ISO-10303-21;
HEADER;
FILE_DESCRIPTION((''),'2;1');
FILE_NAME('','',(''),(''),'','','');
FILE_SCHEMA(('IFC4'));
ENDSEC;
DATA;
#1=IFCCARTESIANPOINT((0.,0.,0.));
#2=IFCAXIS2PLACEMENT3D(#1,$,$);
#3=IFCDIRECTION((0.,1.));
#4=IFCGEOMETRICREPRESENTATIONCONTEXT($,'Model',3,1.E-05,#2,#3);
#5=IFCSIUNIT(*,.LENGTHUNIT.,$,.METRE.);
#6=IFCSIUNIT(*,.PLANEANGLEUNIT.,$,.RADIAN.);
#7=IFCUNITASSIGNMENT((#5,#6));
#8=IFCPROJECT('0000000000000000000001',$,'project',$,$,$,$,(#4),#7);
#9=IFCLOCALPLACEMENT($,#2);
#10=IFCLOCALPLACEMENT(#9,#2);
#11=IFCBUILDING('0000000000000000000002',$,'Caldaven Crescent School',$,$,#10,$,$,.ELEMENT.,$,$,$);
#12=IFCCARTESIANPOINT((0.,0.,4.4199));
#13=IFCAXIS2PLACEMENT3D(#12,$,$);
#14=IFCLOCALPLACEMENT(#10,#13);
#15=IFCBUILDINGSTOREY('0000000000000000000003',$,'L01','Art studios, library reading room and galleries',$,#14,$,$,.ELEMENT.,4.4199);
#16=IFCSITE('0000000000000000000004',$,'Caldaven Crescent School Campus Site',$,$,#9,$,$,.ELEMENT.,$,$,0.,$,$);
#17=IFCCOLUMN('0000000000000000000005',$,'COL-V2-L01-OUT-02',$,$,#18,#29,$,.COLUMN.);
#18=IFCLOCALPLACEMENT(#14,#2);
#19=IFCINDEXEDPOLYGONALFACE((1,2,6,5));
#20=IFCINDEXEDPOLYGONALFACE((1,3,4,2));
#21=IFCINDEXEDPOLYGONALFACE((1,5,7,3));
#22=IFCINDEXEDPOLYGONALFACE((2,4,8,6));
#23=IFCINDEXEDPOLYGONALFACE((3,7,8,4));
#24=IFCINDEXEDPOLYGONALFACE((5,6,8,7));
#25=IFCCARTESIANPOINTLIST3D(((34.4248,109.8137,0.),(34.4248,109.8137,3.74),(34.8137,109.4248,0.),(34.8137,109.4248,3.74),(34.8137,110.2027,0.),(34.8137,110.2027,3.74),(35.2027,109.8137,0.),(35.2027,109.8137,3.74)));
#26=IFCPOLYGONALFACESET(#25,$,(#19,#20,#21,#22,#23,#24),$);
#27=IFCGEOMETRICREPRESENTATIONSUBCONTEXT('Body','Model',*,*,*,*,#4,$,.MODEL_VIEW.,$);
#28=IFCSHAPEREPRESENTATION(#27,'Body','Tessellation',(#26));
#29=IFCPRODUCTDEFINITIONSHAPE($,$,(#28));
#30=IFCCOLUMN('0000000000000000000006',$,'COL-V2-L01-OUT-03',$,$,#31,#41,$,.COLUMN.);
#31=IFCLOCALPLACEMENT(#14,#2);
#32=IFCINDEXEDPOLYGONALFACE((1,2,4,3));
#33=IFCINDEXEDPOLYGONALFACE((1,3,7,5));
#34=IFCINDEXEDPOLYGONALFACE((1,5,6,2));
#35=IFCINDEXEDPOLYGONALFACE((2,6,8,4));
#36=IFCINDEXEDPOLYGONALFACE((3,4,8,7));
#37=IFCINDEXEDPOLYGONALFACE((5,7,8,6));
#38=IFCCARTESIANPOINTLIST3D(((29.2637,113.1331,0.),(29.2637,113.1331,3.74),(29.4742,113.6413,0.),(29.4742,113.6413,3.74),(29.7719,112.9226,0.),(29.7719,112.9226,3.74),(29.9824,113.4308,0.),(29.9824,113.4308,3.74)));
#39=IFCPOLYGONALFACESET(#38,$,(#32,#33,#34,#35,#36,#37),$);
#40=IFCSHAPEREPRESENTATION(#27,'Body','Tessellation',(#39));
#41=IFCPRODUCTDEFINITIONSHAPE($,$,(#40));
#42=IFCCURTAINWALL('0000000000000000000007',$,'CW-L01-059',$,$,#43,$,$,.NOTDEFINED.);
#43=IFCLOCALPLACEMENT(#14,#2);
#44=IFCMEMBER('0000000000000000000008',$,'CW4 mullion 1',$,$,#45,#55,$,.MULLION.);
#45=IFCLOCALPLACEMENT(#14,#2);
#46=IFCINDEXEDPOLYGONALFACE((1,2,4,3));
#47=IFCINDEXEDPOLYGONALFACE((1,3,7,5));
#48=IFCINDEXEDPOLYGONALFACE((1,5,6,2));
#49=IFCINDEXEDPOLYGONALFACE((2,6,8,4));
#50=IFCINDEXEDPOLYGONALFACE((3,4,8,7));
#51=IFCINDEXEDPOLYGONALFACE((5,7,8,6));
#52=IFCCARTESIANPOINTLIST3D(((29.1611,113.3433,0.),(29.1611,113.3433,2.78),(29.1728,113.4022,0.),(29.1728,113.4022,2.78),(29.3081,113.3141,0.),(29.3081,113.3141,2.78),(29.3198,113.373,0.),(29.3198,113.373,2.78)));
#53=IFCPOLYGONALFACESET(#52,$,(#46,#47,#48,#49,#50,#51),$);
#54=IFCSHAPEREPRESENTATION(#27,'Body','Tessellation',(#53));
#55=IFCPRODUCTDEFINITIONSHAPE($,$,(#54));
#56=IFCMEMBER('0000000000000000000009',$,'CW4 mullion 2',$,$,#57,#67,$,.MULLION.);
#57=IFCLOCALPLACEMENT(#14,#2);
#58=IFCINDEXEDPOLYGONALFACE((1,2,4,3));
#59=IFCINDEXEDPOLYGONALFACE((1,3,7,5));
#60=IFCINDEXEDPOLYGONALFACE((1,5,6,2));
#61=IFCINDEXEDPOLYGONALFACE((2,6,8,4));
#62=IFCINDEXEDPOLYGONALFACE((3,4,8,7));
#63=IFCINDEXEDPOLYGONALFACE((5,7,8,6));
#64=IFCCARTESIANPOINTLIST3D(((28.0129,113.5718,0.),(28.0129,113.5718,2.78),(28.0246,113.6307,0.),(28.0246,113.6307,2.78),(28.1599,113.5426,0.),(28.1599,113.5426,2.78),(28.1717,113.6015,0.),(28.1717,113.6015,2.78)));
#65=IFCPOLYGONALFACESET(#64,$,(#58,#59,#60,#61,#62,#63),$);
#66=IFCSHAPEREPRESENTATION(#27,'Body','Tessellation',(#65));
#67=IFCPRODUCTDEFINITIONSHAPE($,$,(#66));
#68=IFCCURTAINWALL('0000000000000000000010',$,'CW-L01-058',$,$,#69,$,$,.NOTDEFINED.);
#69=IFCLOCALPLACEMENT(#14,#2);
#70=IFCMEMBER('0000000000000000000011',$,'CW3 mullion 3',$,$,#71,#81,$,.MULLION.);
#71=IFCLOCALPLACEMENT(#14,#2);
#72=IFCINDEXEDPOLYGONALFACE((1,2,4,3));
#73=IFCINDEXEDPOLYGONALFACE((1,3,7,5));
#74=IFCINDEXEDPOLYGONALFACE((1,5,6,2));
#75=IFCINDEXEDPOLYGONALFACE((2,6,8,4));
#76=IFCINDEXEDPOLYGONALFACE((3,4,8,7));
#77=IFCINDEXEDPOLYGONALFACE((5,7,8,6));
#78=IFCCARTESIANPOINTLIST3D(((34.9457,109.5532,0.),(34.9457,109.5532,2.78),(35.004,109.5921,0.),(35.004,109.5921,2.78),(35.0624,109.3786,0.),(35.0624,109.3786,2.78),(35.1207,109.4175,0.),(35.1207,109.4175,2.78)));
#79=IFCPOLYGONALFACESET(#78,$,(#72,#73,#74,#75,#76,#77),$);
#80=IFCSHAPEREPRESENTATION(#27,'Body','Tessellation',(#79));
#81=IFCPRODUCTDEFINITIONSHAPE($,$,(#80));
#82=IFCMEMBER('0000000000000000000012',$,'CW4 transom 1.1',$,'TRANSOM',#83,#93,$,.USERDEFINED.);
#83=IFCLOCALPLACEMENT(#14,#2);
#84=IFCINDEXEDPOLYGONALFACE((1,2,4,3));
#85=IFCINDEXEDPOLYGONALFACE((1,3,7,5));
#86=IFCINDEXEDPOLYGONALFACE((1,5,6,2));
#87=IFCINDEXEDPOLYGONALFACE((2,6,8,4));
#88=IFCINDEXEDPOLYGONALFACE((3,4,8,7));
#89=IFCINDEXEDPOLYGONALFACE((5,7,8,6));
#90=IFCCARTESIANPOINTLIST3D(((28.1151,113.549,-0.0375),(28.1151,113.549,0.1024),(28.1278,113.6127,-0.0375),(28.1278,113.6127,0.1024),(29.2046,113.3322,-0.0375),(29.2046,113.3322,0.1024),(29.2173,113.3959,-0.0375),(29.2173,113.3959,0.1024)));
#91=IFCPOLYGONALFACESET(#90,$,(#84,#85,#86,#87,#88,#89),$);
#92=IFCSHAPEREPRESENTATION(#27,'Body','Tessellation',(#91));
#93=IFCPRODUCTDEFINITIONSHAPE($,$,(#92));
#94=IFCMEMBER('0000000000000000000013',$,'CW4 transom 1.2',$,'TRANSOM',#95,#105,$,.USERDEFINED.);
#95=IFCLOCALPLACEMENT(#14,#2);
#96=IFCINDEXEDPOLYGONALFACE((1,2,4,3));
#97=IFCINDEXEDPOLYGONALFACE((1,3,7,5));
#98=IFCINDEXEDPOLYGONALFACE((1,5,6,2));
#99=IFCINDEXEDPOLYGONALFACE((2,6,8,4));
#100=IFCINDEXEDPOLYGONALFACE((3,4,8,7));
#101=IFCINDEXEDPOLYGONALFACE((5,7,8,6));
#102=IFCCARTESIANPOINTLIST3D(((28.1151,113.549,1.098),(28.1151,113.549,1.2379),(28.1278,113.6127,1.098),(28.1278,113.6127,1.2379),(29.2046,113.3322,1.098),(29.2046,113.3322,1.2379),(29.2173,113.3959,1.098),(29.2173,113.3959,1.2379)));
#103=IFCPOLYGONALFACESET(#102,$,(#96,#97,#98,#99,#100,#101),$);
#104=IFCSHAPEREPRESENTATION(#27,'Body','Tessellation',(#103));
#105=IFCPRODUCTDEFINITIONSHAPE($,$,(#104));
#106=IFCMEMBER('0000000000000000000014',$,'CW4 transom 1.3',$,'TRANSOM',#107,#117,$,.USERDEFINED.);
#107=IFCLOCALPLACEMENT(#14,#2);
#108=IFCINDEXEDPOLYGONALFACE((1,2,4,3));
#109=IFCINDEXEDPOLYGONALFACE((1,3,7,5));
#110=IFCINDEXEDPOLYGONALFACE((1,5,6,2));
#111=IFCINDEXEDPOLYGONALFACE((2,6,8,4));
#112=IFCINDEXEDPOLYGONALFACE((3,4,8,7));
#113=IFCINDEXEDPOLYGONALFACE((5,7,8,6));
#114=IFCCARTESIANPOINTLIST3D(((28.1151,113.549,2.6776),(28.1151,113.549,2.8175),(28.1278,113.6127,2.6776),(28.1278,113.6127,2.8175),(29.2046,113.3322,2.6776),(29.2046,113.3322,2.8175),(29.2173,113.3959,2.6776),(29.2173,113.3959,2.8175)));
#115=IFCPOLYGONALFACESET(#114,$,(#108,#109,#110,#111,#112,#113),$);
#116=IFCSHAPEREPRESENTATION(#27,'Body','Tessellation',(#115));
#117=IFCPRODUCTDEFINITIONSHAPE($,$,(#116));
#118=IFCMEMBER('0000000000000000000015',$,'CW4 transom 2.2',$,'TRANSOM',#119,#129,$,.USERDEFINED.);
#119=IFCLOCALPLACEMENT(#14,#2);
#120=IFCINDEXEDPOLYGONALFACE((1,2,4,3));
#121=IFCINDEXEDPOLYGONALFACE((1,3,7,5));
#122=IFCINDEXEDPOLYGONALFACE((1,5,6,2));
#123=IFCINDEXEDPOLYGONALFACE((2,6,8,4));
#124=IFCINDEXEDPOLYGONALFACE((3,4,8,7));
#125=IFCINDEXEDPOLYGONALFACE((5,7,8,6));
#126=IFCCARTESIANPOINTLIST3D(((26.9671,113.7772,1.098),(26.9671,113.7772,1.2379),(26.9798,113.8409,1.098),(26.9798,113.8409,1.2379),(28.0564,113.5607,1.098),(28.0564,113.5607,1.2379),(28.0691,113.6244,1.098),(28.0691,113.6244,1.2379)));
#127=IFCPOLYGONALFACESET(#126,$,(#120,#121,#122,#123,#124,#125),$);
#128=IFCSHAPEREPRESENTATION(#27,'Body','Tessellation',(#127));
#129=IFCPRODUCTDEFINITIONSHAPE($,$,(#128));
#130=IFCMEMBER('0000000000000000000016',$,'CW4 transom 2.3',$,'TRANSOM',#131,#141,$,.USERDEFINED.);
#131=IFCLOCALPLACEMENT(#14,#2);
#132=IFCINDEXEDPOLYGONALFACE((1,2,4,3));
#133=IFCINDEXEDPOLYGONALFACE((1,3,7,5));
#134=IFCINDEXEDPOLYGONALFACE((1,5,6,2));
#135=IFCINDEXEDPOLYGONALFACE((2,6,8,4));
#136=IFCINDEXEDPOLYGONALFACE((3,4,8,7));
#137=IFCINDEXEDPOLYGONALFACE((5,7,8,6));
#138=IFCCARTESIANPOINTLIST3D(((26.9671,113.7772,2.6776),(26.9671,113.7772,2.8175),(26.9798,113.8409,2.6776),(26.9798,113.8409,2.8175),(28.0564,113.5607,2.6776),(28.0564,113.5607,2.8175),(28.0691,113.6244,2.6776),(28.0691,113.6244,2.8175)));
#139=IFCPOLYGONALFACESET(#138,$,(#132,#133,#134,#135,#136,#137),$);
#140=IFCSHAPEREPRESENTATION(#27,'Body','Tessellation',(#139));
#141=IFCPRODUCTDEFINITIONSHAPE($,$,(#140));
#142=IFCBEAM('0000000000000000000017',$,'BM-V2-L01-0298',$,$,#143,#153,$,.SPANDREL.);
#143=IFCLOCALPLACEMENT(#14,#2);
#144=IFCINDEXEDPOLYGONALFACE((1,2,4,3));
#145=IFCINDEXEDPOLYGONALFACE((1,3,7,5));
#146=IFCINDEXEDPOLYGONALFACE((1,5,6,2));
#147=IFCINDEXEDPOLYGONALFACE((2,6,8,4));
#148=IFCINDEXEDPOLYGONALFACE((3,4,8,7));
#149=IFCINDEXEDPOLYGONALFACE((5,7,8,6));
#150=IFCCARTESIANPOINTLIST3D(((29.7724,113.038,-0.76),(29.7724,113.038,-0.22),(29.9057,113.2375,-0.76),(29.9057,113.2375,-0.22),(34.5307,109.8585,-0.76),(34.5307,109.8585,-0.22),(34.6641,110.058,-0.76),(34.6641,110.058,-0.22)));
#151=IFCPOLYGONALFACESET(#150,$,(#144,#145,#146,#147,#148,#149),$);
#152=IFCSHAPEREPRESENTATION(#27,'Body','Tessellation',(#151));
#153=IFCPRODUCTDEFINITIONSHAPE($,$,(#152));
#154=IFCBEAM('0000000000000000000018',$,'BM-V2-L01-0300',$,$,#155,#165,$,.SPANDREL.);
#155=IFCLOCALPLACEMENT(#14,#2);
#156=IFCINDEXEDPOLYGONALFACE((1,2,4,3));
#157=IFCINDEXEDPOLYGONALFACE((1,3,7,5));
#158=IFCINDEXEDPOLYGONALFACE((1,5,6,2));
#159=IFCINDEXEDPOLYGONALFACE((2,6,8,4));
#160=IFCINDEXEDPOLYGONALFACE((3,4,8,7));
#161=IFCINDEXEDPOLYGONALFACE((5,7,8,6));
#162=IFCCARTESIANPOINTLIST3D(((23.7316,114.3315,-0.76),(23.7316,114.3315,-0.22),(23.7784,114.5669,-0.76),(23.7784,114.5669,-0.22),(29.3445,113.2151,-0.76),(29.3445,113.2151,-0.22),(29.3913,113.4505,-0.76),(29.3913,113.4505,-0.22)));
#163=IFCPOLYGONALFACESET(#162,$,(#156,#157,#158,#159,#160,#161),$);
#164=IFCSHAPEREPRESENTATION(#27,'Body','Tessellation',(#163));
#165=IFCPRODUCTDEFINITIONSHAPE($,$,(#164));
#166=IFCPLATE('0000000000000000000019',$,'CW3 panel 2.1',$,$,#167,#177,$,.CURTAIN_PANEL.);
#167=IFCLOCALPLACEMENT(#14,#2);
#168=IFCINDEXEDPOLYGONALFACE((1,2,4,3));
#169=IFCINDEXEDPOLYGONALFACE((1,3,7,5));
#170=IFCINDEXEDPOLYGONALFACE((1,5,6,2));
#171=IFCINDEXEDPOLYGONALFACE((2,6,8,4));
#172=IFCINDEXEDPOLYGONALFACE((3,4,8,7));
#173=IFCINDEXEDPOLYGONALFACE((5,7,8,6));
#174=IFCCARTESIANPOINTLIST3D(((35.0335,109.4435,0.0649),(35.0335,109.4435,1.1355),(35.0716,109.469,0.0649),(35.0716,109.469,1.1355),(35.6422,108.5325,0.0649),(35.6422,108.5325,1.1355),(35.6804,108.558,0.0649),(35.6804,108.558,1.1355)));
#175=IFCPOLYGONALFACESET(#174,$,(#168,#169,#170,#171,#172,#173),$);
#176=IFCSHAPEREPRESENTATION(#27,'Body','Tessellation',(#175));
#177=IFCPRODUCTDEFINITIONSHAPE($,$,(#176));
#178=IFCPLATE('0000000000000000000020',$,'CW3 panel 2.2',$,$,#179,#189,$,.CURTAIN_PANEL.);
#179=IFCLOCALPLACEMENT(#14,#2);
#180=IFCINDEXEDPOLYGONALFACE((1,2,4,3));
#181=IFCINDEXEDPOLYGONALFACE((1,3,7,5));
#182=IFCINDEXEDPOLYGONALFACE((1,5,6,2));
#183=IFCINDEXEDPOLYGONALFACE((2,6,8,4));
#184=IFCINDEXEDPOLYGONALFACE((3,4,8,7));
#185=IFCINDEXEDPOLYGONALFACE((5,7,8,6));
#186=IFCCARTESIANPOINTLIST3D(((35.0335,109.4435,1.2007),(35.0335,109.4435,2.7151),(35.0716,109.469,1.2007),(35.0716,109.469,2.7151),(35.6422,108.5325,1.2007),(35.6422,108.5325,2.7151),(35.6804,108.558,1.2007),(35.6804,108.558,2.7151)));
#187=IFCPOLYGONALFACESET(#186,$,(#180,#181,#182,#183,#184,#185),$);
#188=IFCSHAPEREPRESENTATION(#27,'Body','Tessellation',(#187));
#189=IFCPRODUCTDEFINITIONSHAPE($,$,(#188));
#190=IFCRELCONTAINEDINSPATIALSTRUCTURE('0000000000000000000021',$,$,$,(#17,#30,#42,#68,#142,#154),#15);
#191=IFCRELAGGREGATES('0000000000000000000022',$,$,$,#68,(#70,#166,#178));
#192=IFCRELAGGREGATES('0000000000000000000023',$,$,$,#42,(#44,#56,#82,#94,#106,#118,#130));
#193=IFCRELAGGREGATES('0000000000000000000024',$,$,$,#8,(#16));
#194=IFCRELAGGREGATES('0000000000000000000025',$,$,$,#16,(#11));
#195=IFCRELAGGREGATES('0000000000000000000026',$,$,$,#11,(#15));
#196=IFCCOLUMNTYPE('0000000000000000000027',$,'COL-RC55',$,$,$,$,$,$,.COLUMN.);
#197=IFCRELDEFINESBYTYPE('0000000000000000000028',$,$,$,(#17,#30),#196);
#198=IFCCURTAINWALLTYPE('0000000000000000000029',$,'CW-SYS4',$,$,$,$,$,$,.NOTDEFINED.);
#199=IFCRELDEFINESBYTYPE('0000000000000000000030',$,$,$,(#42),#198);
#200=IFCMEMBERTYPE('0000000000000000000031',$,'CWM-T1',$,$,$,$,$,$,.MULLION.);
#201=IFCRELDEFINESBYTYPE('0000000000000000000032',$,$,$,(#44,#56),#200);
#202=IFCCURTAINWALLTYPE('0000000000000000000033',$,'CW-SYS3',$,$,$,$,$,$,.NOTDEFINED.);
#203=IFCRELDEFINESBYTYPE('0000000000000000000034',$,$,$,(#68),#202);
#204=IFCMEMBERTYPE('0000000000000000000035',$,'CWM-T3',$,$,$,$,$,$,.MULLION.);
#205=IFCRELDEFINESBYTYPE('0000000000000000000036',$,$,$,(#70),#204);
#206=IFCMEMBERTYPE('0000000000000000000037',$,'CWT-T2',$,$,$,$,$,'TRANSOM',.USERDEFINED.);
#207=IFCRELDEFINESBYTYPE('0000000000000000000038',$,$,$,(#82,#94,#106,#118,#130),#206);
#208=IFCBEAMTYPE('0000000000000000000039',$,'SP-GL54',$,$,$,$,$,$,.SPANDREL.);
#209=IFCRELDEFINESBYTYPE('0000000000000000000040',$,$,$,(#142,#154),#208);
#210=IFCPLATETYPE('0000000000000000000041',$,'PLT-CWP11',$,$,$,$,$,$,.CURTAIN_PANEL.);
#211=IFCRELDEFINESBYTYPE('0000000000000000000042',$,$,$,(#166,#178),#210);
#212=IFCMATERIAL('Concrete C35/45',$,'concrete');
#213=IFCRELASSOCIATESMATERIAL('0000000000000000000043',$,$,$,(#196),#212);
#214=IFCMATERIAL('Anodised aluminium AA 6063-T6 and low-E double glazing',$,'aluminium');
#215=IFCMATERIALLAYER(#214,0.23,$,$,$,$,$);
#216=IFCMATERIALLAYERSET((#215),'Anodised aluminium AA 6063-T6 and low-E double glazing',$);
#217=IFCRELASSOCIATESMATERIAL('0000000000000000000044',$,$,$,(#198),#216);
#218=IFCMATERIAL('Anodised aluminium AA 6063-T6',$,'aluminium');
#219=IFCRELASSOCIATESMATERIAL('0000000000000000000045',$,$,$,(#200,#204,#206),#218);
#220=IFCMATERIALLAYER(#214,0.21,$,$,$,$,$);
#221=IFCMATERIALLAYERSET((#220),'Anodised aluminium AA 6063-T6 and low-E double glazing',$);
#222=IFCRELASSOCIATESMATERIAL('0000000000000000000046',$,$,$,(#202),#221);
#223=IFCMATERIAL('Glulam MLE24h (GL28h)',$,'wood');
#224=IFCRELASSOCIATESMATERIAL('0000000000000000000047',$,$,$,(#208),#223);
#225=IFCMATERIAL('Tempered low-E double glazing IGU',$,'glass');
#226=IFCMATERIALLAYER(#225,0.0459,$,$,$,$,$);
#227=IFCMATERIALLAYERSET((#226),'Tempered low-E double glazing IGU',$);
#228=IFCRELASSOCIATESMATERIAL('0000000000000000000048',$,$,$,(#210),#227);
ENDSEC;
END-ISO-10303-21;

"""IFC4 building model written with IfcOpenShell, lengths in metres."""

from ifc_helpers import new_model, si_unit, direction, frame, origin, origin_2d, place, context, subcontext, project, spatial, rectangle, extrude, material, layer, layer_set, material_profile, profile_set, type_object, element, aggregate, save


model = new_model("IFC4")

# Units and contexts
model_context = context("Model", 3, precision=1e-05, world=origin(), true_north=direction((0.0, 1.0)))
body_context = subcontext(model_context, "Body", "Model", "MODEL_VIEW")
ifc_project = project(units=[si_unit("LENGTHUNIT", "METRE"), si_unit("PLANEANGLEUNIT", "RADIAN")], contexts=[model_context])

# Site, building, storey
site_placement = place(None, origin())
site = spatial("IfcSite", under=ifc_project, at=site_placement, Name="Caldaven Crescent School Campus Site", CompositionType="ELEMENT", RefElevation=0.0)
building_placement = place(site_placement, origin())
building = spatial("IfcBuilding", under=site, at=building_placement, Name="Caldaven Crescent School", CompositionType="ELEMENT")
storey_placement = place(building_placement, frame((0.0, 0.0, 4.4199)))
storey = spatial("IfcBuildingStorey", under=building, at=storey_placement, Name="L01", Description="Art studios, library reading room and galleries", CompositionType="ELEMENT", Elevation=4.4199)

# Columns
ifc_material_1 = material(Name="Concrete C35/45", Category="concrete")
ifc_material_profile_1 = material_profile(ifc_material_1, rectangle(XDim=0.55, YDim=0.55, at=origin_2d()), Name="RC 550x550")
ifc_profile_set_1 = profile_set([ifc_material_profile_1], Name="Concrete C35/45")
column_type = type_object("IfcColumnType", Name="COL-RC55", PredefinedType="COLUMN", material=ifc_profile_set_1)
for number, where, z_axis, x_axis, name in (
    (1, (34.8137, 109.8137, 0.0), (0.0, 0.0, 1.0), (0.707107, 0.707107, 0.0), "COL-V2-L01-OUT-02"),
    (2, (29.623, 113.282, 0.0), (0.0, 0.0, 1.0), (0.382683, 0.92388, 0.0), "COL-V2-L01-OUT-03"),
):
    element("IfcColumn", number, at=place(storey_placement, frame(where, z_axis=z_axis, x_axis=x_axis)), inside=storey, type_object=column_type, Name=name, PredefinedType="COLUMN", context=body_context, shape_type="SweptSolid", body=[
        extrude(rectangle(XDim=0.55, YDim=0.55, at=origin_2d()), origin(), (0.0, 0.0, 1.0), 3.74),
    ])

# Curtain wall, members
ifc_material_2 = material(Name="Anodised aluminium AA 6063-T6 and low-E double glazing", Category="aluminium")
ifc_layer_1 = layer(ifc_material_2, 0.23)
ifc_layer_set_1 = layer_set([ifc_layer_1], Name="Anodised aluminium AA 6063-T6 and low-E double glazing")
curtain_wall_type_1 = type_object("IfcCurtainWallType", Name="CW-SYS4", PredefinedType="NOTDEFINED", material=ifc_layer_set_1)
curtain_wall_1_placement = place(storey_placement, origin())
curtain_wall_1 = element("IfcCurtainWall", 3, at=curtain_wall_1_placement, inside=storey, type_object=curtain_wall_type_1, Name="CW-L01-059", PredefinedType="NOTDEFINED")
ifc_material_3 = material(Name="Anodised aluminium AA 6063-T6", Category="aluminium")
ifc_material_profile_2 = material_profile(ifc_material_3, rectangle(XDim=0.0601, YDim=0.1499, at=origin_2d()), Name="CWM 60x150")
ifc_profile_set_2 = profile_set([ifc_material_profile_2], Name="Anodised aluminium AA 6063-T6")
member_type_1 = type_object("IfcMemberType", Name="CWM-T1", PredefinedType="MULLION", material=ifc_profile_set_2)
member_1_placement = place(storey_placement, frame((29.2405, 113.3582, 0.0), z_axis=(0.0, 0.0, 1.0), x_axis=(-0.195087, -0.980786, 0.0)))
member_1 = element("IfcMember", 4, at=member_1_placement, type_object=member_type_1, Name="CW4 mullion 1", PredefinedType="MULLION", context=body_context, shape_type="SweptSolid", body=[
    extrude(rectangle(XDim=0.0601, YDim=0.1499, at=origin_2d()), origin(), (0.0, 0.0, 1.0), 2.78),
])
member_2_placement = place(storey_placement, frame((28.0923, 113.5867, 0.0), z_axis=(0.0, 0.0, 1.0), x_axis=(-0.195087, -0.980786, 0.0)))
member_2 = element("IfcMember", 5, at=member_2_placement, type_object=member_type_1, Name="CW4 mullion 2", PredefinedType="MULLION", context=body_context, shape_type="SweptSolid", body=[
    extrude(rectangle(XDim=0.0601, YDim=0.1499, at=origin_2d()), origin(), (0.0, 0.0, 1.0), 2.78),
])

# Curtain wall, member
ifc_layer_2 = layer(ifc_material_2, 0.21)
ifc_layer_set_2 = layer_set([ifc_layer_2], Name="Anodised aluminium AA 6063-T6 and low-E double glazing")
curtain_wall_type_2 = type_object("IfcCurtainWallType", Name="CW-SYS3", PredefinedType="NOTDEFINED", material=ifc_layer_set_2)
curtain_wall_2_placement = place(storey_placement, origin())
curtain_wall_2 = element("IfcCurtainWall", 6, at=curtain_wall_2_placement, inside=storey, type_object=curtain_wall_type_2, Name="CW-L01-058", PredefinedType="NOTDEFINED")
ifc_material_profile_3 = material_profile(ifc_material_3, rectangle(XDim=0.0701, YDim=0.21, at=origin_2d()), Name="CWM 70x210")
ifc_profile_set_3 = profile_set([ifc_material_profile_3], Name="Anodised aluminium AA 6063-T6")
member_type_2 = type_object("IfcMemberType", Name="CWM-T3", PredefinedType="MULLION", material=ifc_profile_set_3)
member_3_placement = place(storey_placement, frame((35.0332, 109.4854, 0.0), z_axis=(0.0, 0.0, 1.0), x_axis=(-0.831468, -0.555572, 0.0)))
member_3 = element("IfcMember", 7, at=member_3_placement, type_object=member_type_2, Name="CW3 mullion 3", PredefinedType="MULLION", context=body_context, shape_type="SweptSolid", body=[
    extrude(rectangle(XDim=0.0701, YDim=0.21, at=origin_2d()), origin(), (0.0, 0.0, 1.0), 2.78),
])

# Members
ifc_material_profile_4 = material_profile(ifc_material_3, rectangle(XDim=0.0649, YDim=0.1399, at=origin_2d()), Name="CWT 65x140")
ifc_profile_set_4 = profile_set([ifc_material_profile_4], Name="Anodised aluminium AA 6063-T6")
member_type_3 = type_object("IfcMemberType", Name="CWT-T2", ElementType="TRANSOM", PredefinedType="USERDEFINED", material=ifc_profile_set_4)
member_4_placement = place(storey_placement, frame((29.2109, 113.364, 0.0325), z_axis=(-0.980766, 0.195186, 0.0), x_axis=(-0.195186, -0.980766, 0.0)))
member_4 = element("IfcMember", 8, at=member_4_placement, type_object=member_type_3, Name="CW4 transom 1.1", ObjectType="TRANSOM", PredefinedType="USERDEFINED", context=body_context, shape_type="SweptSolid", body=[
    extrude(rectangle(XDim=0.0649, YDim=0.1399, at=origin_2d()), origin(), (0.0, 0.0, 1.0), 1.1108),
])
member_5_placement = place(storey_placement, frame((29.2109, 113.364, 1.168), z_axis=(-0.980766, 0.195186, 0.0), x_axis=(-0.195186, -0.980766, 0.0)))
member_5 = element("IfcMember", 9, at=member_5_placement, type_object=member_type_3, Name="CW4 transom 1.2", ObjectType="TRANSOM", PredefinedType="USERDEFINED", context=body_context, shape_type="SweptSolid", body=[
    extrude(rectangle(XDim=0.0649, YDim=0.1399, at=origin_2d()), origin(), (0.0, 0.0, 1.0), 1.1108),
])
member_6_placement = place(storey_placement, frame((29.2109, 113.364, 2.7476), z_axis=(-0.980766, 0.195186, 0.0), x_axis=(-0.195186, -0.980766, 0.0)))
member_6 = element("IfcMember", 10, at=member_6_placement, type_object=member_type_3, Name="CW4 transom 1.3", ObjectType="TRANSOM", PredefinedType="USERDEFINED", context=body_context, shape_type="SweptSolid", body=[
    extrude(rectangle(XDim=0.0649, YDim=0.1399, at=origin_2d()), origin(), (0.0, 0.0, 1.0), 1.1108),
])
member_7_placement = place(storey_placement, frame((28.0627, 113.5925, 1.168), z_axis=(-0.980808, 0.194975, 0.0), x_axis=(-0.194975, -0.980808, 0.0)))
member_7 = element("IfcMember", 11, at=member_7_placement, type_object=member_type_3, Name="CW4 transom 2.2", ObjectType="TRANSOM", PredefinedType="USERDEFINED", context=body_context, shape_type="SweptSolid", body=[
    extrude(rectangle(XDim=0.0649, YDim=0.1399, at=origin_2d()), origin(), (0.0, 0.0, 1.0), 1.1106),
])
member_8_placement = place(storey_placement, frame((28.0627, 113.5925, 2.7476), z_axis=(-0.980808, 0.194975, 0.0), x_axis=(-0.194975, -0.980808, 0.0)))
member_8 = element("IfcMember", 12, at=member_8_placement, type_object=member_type_3, Name="CW4 transom 2.3", ObjectType="TRANSOM", PredefinedType="USERDEFINED", context=body_context, shape_type="SweptSolid", body=[
    extrude(rectangle(XDim=0.0649, YDim=0.1399, at=origin_2d()), origin(), (0.0, 0.0, 1.0), 1.1106),
])

# Beams
ifc_material_4 = material(Name="Glulam MLE24h (GL28h)", Category="wood")
ifc_material_profile_5 = material_profile(ifc_material_4, rectangle(XDim=0.24, YDim=0.54, at=origin_2d()), Name="MLE 240x540")
ifc_profile_set_5 = profile_set([ifc_material_profile_5], Name="Glulam MLE24h (GL28h)")
beam_type = type_object("IfcBeamType", Name="SP-GL54", PredefinedType="SPANDREL", material=ifc_profile_set_5)
for number, where, z_axis, x_axis, name in (
    (13, (34.5974, 109.9583, -0.49), (-0.831466, 0.555576, 0.0), (-0.555576, -0.831466, 0.0), "BM-V2-L01-0298"),
    (14, (29.3679, 113.3328, -0.49), (-0.980787, 0.195082, 0.0), (-0.195082, -0.980787, 0.0), "BM-V2-L01-0300"),
):
    element("IfcBeam", number, at=place(storey_placement, frame(where, z_axis=z_axis, x_axis=x_axis)), inside=storey, type_object=beam_type, Name=name, PredefinedType="SPANDREL", context=body_context, shape_type="SweptSolid", body=[
        extrude(rectangle(XDim=0.24, YDim=0.54, at=origin_2d()), origin(), (0.0, 0.0, 1.0), 5.7229),
    ])

# Plates
ifc_material_5 = material(Name="Tempered low-E double glazing IGU", Category="glass")
ifc_layer_3 = layer(ifc_material_5, 0.0459)
ifc_layer_set_3 = layer_set([ifc_layer_3], Name="Tempered low-E double glazing IGU")
plate_type_1 = type_object("IfcPlateType", Name="PLT-CWP11", PredefinedType="CURTAIN_PANEL", material=ifc_layer_set_3)
plate_1_placement = place(storey_placement, frame((35.3569, 109.0007, 0.0649), z_axis=(0.0, 0.0, 1.0), x_axis=(-0.555572, 0.831468, 0.0)))
plate_1 = element("IfcPlate", 15, at=plate_1_placement, type_object=plate_type_1, Name="CW3 panel 2.1", PredefinedType="CURTAIN_PANEL", context=body_context, shape_type="SweptSolid", body=[
    extrude(rectangle(XDim=1.0957, YDim=0.0459, at=origin_2d()), origin(), (0.0, 0.0, 1.0), 1.0706),
])
plate_2_placement = place(storey_placement, frame((35.3569, 109.0007, 1.2007), z_axis=(0.0, 0.0, 1.0), x_axis=(-0.555572, 0.831468, 0.0)))
plate_2 = element("IfcPlate", 16, at=plate_2_placement, type_object=plate_type_1, Name="CW3 panel 2.2", PredefinedType="CURTAIN_PANEL", context=body_context, shape_type="SweptSolid", body=[
    extrude(rectangle(XDim=1.0957, YDim=0.0459, at=origin_2d()), origin(), (0.0, 0.0, 1.0), 1.5144),
])
aggregate(curtain_wall_2, [member_3, plate_1, plate_2])
aggregate(curtain_wall_1, [member_1, member_2, member_4, member_5, member_6, member_7, member_8])

save(model, "model.ifc")
